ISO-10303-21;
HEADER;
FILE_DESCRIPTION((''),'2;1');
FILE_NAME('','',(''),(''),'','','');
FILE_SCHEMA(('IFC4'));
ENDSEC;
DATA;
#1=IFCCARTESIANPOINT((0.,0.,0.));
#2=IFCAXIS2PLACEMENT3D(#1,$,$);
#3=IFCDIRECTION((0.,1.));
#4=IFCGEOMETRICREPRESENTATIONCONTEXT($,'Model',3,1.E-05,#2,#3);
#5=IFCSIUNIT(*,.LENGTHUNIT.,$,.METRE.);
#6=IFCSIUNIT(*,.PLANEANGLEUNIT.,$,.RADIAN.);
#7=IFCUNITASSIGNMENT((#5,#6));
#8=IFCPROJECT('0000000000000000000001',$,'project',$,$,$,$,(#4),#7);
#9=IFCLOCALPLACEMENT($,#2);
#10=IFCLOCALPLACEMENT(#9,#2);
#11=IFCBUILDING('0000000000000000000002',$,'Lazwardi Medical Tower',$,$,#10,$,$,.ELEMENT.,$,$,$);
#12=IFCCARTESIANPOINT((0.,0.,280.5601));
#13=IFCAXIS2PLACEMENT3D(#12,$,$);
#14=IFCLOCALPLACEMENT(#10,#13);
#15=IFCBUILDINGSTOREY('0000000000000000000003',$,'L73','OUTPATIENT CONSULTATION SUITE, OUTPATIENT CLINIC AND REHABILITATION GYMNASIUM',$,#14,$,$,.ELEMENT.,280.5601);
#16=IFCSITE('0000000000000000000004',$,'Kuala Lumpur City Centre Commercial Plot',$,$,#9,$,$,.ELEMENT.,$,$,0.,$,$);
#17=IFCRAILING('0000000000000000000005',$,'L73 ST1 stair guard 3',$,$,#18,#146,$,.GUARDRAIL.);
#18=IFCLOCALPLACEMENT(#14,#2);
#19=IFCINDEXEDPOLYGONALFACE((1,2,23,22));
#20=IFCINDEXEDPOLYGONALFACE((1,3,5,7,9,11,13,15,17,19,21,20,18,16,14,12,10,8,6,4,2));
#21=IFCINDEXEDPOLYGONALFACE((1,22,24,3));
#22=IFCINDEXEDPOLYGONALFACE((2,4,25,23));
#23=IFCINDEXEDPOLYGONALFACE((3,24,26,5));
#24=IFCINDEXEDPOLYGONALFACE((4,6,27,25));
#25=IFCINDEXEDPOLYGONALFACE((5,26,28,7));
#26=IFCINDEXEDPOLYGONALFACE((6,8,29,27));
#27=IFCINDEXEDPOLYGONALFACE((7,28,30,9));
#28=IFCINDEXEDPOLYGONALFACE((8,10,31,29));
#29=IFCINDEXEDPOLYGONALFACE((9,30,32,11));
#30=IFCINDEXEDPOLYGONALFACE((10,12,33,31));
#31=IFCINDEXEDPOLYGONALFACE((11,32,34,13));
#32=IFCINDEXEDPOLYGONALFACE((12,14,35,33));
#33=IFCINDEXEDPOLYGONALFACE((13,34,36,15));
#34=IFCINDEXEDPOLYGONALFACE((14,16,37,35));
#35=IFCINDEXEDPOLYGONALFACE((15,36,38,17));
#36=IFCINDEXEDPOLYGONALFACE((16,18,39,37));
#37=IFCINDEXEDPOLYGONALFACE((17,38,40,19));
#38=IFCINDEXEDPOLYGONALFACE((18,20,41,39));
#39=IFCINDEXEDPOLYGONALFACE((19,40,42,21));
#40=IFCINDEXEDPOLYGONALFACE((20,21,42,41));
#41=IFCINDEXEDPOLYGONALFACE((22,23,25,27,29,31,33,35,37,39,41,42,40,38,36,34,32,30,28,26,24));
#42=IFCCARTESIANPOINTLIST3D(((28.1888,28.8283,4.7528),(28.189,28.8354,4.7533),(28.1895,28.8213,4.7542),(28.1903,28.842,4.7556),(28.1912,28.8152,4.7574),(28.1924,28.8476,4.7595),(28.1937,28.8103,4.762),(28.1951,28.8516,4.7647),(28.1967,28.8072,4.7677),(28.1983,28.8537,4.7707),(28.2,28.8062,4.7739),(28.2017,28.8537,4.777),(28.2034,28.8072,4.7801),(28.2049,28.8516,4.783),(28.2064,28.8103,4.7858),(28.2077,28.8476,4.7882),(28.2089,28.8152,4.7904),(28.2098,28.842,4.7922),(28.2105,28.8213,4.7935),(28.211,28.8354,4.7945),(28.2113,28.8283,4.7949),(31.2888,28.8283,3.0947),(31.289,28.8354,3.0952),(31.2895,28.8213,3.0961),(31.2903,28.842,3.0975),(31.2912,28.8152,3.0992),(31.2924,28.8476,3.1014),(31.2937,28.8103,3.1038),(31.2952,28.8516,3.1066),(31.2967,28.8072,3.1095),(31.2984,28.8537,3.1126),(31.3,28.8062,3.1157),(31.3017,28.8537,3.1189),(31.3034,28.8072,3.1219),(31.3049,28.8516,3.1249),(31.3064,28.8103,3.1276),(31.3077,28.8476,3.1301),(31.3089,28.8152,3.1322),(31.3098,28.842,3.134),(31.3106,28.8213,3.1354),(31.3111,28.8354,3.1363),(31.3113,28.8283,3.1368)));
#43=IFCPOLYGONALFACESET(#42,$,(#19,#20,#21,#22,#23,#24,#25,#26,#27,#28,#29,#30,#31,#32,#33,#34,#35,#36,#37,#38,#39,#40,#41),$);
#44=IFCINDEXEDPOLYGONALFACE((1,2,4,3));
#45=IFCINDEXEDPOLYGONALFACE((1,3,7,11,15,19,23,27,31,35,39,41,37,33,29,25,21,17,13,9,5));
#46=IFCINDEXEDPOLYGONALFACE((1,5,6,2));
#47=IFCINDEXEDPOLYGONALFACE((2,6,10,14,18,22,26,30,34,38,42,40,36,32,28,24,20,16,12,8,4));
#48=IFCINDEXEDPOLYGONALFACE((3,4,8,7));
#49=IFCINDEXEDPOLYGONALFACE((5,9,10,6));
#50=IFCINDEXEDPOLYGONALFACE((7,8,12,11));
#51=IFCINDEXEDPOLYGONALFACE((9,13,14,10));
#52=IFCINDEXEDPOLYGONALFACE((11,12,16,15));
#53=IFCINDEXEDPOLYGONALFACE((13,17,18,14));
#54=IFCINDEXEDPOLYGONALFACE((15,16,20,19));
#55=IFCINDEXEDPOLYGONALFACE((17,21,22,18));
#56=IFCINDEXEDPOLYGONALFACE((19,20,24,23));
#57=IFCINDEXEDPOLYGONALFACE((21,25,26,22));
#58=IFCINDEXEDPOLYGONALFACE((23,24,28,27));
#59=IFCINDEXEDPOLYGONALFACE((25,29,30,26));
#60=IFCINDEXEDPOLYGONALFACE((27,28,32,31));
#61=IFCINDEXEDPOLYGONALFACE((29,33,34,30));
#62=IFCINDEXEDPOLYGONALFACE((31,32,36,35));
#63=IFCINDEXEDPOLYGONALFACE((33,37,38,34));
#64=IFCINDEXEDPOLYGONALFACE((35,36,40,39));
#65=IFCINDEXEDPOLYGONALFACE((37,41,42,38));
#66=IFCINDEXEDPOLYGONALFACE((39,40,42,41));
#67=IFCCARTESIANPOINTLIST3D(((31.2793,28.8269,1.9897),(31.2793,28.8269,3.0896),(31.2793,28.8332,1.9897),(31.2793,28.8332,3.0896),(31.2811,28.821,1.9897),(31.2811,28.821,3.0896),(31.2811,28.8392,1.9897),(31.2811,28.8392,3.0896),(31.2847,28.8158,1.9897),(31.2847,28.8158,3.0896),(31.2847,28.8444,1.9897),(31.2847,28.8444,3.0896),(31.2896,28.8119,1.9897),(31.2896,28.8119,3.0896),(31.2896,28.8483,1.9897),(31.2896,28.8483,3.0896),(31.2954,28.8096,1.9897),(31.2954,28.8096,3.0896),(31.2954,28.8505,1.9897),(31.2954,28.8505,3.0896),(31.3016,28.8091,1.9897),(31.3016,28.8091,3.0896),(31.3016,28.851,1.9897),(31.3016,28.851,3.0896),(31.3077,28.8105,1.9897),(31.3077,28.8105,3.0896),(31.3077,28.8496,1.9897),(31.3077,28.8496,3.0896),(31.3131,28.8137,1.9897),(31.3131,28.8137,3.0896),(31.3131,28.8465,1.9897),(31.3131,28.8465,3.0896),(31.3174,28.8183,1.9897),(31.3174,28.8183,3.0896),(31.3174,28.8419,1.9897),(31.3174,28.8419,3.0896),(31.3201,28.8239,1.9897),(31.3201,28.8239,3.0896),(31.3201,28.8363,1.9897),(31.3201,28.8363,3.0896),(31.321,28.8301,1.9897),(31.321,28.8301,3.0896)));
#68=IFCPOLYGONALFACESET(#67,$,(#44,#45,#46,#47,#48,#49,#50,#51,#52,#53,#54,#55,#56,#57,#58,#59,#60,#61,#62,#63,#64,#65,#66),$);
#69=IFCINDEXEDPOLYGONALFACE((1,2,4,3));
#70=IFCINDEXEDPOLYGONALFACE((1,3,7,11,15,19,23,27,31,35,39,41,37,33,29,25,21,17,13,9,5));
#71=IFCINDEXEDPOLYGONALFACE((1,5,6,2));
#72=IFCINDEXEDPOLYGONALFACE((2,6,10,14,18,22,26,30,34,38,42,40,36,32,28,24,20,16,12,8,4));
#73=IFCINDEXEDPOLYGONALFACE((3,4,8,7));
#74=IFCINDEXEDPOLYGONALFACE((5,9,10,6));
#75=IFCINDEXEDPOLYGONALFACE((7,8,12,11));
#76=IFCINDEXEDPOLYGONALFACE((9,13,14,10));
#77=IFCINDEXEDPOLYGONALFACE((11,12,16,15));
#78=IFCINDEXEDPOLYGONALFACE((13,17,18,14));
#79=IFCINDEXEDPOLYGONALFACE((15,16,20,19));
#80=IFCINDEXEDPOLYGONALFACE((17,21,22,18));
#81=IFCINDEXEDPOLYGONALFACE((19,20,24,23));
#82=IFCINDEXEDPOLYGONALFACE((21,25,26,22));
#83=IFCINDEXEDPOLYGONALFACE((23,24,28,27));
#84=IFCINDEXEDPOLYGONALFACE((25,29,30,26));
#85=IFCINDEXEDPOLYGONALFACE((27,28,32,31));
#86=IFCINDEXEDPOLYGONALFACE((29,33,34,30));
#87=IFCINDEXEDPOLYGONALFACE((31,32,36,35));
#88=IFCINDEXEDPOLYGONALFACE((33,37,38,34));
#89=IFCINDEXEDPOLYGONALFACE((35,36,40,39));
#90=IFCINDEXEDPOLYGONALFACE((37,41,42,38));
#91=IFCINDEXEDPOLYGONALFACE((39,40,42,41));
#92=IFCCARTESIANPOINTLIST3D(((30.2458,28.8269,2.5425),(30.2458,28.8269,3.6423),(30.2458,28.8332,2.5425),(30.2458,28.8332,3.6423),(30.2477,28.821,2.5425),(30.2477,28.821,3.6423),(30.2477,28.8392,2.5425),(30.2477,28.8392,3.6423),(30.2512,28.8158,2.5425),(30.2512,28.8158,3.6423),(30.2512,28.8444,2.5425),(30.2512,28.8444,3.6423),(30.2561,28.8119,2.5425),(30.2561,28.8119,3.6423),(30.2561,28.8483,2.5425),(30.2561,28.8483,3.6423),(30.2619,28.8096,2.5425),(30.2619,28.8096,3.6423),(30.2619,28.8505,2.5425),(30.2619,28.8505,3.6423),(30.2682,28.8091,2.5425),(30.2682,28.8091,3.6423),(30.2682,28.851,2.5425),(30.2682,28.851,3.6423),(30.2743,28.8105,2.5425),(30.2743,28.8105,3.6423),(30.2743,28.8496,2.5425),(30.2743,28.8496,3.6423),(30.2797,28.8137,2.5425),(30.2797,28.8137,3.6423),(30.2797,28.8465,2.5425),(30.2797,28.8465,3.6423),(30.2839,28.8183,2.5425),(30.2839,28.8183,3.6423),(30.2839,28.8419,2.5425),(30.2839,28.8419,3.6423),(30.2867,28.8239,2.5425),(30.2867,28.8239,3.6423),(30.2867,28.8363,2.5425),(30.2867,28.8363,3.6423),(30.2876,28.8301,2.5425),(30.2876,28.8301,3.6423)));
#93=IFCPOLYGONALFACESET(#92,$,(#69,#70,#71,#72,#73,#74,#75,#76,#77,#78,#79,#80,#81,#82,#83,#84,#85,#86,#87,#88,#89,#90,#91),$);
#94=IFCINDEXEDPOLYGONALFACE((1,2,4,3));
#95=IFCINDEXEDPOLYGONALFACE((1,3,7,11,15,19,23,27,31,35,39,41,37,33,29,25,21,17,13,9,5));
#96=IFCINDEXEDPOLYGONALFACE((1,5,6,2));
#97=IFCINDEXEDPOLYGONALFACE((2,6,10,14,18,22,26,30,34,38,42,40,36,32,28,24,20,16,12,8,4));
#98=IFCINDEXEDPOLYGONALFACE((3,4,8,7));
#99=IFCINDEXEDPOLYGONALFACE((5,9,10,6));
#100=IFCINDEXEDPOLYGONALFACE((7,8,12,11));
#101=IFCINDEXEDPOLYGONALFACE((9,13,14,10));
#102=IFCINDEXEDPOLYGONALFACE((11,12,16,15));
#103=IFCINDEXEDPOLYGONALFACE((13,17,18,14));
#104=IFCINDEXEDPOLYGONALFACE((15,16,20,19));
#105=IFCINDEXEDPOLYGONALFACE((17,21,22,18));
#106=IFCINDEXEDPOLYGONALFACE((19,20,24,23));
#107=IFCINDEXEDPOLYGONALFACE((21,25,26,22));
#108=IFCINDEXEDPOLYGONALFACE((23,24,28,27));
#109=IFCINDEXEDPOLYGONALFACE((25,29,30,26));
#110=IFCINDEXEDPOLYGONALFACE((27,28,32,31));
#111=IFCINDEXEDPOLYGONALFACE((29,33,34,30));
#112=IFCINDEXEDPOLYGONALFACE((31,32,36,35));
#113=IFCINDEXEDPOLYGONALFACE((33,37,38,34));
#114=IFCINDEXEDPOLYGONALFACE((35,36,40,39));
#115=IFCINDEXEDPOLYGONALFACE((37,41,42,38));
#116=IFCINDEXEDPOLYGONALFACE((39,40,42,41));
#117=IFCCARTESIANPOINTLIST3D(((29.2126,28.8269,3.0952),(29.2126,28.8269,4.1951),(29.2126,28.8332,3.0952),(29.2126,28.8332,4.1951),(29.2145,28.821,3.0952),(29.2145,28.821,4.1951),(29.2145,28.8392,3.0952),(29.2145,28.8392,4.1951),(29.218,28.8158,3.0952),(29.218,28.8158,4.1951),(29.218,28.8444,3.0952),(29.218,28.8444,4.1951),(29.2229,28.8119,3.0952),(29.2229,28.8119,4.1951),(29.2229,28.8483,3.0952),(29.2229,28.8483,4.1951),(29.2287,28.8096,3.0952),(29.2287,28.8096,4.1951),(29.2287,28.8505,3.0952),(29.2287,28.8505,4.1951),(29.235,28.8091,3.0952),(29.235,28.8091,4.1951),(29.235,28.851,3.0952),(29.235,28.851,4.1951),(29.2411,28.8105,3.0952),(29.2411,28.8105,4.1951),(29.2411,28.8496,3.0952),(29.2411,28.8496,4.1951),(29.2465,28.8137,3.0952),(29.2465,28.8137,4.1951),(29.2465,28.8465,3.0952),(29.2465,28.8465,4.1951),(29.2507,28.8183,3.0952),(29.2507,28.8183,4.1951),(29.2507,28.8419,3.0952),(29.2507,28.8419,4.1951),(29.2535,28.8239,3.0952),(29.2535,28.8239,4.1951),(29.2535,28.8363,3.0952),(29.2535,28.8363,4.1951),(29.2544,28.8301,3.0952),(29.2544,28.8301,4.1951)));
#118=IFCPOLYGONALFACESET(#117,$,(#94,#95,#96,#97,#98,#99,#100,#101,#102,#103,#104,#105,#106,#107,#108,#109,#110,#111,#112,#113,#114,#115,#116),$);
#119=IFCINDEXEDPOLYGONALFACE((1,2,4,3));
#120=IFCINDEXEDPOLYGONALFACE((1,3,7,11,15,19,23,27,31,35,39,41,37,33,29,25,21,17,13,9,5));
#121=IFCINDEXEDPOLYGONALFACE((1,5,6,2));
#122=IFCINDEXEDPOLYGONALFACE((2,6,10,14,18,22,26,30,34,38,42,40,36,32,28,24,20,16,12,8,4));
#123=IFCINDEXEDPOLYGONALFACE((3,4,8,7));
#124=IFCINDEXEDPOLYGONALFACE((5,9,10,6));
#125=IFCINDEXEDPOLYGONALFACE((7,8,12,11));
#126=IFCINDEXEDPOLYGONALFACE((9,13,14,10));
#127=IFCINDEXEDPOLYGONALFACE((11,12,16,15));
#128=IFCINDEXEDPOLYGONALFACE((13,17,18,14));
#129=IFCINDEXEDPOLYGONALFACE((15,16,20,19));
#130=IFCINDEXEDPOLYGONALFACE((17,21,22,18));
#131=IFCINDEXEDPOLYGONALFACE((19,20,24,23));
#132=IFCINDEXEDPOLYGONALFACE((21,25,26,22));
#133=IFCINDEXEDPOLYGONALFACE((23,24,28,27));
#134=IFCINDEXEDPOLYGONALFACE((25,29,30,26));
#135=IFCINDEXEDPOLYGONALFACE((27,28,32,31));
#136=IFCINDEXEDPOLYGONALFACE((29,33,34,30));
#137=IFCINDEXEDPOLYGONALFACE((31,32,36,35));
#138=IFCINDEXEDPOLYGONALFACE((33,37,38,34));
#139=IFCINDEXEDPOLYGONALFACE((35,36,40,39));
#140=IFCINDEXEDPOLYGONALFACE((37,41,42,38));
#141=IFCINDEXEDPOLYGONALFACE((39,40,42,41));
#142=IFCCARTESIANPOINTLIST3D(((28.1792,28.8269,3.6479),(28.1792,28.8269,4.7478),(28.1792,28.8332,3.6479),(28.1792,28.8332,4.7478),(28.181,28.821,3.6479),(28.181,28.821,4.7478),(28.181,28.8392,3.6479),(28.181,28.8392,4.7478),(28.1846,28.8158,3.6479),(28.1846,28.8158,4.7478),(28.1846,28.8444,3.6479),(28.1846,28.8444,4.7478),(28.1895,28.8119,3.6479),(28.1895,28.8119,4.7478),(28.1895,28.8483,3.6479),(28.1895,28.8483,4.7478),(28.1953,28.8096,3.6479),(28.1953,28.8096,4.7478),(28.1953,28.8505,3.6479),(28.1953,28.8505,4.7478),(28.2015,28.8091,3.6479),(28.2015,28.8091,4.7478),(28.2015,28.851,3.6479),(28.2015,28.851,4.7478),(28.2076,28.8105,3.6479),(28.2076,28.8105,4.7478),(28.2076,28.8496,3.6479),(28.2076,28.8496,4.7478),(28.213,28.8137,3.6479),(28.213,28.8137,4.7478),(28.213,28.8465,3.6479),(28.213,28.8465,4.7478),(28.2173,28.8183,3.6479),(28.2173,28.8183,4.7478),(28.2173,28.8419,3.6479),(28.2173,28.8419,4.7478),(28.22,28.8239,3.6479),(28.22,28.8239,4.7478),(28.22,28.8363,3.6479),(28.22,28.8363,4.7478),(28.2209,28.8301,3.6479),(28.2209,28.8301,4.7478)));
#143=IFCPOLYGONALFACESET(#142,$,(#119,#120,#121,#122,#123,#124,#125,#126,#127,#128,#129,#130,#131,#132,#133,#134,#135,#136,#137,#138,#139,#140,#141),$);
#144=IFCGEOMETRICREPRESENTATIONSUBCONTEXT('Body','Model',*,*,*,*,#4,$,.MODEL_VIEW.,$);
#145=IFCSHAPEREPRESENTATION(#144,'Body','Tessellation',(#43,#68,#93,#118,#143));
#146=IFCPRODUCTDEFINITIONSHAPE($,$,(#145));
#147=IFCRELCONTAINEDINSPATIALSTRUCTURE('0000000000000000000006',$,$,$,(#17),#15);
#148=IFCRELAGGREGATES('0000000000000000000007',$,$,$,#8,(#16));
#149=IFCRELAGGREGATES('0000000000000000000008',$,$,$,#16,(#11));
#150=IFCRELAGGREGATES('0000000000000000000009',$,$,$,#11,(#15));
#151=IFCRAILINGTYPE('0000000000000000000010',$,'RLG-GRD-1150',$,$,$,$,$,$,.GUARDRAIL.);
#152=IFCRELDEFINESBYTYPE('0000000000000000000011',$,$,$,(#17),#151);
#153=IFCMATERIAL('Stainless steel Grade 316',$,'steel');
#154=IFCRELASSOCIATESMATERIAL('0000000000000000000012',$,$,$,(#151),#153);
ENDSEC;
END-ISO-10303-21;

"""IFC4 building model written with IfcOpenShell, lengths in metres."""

from ifc_helpers import new_model, si_unit, direction, frame, origin, origin_2d, place, context, subcontext, project, spatial, circle, extrude, material, type_object, element, save


model = new_model("IFC4")

# Units and contexts
model_context = context("Model", 3, precision=1e-05, world=origin(), true_north=direction((0.0, 1.0)))
body_context = subcontext(model_context, "Body", "Model", "MODEL_VIEW")
ifc_project = project(units=[si_unit("LENGTHUNIT", "METRE"), si_unit("PLANEANGLEUNIT", "RADIAN")], contexts=[model_context])

# Site, building, storey
site_placement = place(None, origin())
site = spatial("IfcSite", under=ifc_project, at=site_placement, Name="Kuala Lumpur City Centre Commercial Plot", CompositionType="ELEMENT", RefElevation=0.0)
building_placement = place(site_placement, origin())
building = spatial("IfcBuilding", under=site, at=building_placement, Name="Lazwardi Medical Tower", CompositionType="ELEMENT")
storey_placement = place(building_placement, frame((0.0, 0.0, 280.5601)))
storey = spatial("IfcBuildingStorey", under=building, at=storey_placement, Name="L73", Description="OUTPATIENT CONSULTATION SUITE, OUTPATIENT CLINIC AND REHABILITATION GYMNASIUM", CompositionType="ELEMENT", Elevation=280.5601)

# Railing
ifc_material_1 = material(Name="Stainless steel Grade 316", Category="steel")
railing_type_1 = type_object("IfcRailingType", Name="RLG-GRD-1150", PredefinedType="GUARDRAIL", material=ifc_material_1)
railing_1_placement = place(storey_placement, frame((31.3, 28.8301, 1.9897)))
element("IfcRailing", 1, at=railing_1_placement, inside=storey, type_object=railing_type_1, Name="L73 ST1 stair guard 3", PredefinedType="GUARDRAIL", context=body_context, shape_type="SweptSolid", body=[
    extrude(circle(Radius=0.0239, at=origin_2d()), frame((0.0, 0.0, 1.126), z_axis=(-0.881783, 0.0, 0.471655), x_axis=(0.0, -1.0, 0.0)), (0.0, 0.0, 1.0), 3.5156),
    extrude(circle(Radius=0.021, at=origin_2d()), origin(), (0.0, 0.0, 1.0), 1.0999),
    extrude(circle(Radius=0.021, at=origin_2d()), frame((-1.0334, 0.0, 0.5527)), (0.0, 0.0, 1.0), 1.0999),
    extrude(circle(Radius=0.021, at=origin_2d()), frame((-2.0667, 0.0, 1.1055)), (0.0, 0.0, 1.0), 1.0999),
    extrude(circle(Radius=0.021, at=origin_2d()), frame((-3.1001, 0.0, 1.6582)), (0.0, 0.0, 1.0), 1.0999),
])

save(model, "model.ifc")
